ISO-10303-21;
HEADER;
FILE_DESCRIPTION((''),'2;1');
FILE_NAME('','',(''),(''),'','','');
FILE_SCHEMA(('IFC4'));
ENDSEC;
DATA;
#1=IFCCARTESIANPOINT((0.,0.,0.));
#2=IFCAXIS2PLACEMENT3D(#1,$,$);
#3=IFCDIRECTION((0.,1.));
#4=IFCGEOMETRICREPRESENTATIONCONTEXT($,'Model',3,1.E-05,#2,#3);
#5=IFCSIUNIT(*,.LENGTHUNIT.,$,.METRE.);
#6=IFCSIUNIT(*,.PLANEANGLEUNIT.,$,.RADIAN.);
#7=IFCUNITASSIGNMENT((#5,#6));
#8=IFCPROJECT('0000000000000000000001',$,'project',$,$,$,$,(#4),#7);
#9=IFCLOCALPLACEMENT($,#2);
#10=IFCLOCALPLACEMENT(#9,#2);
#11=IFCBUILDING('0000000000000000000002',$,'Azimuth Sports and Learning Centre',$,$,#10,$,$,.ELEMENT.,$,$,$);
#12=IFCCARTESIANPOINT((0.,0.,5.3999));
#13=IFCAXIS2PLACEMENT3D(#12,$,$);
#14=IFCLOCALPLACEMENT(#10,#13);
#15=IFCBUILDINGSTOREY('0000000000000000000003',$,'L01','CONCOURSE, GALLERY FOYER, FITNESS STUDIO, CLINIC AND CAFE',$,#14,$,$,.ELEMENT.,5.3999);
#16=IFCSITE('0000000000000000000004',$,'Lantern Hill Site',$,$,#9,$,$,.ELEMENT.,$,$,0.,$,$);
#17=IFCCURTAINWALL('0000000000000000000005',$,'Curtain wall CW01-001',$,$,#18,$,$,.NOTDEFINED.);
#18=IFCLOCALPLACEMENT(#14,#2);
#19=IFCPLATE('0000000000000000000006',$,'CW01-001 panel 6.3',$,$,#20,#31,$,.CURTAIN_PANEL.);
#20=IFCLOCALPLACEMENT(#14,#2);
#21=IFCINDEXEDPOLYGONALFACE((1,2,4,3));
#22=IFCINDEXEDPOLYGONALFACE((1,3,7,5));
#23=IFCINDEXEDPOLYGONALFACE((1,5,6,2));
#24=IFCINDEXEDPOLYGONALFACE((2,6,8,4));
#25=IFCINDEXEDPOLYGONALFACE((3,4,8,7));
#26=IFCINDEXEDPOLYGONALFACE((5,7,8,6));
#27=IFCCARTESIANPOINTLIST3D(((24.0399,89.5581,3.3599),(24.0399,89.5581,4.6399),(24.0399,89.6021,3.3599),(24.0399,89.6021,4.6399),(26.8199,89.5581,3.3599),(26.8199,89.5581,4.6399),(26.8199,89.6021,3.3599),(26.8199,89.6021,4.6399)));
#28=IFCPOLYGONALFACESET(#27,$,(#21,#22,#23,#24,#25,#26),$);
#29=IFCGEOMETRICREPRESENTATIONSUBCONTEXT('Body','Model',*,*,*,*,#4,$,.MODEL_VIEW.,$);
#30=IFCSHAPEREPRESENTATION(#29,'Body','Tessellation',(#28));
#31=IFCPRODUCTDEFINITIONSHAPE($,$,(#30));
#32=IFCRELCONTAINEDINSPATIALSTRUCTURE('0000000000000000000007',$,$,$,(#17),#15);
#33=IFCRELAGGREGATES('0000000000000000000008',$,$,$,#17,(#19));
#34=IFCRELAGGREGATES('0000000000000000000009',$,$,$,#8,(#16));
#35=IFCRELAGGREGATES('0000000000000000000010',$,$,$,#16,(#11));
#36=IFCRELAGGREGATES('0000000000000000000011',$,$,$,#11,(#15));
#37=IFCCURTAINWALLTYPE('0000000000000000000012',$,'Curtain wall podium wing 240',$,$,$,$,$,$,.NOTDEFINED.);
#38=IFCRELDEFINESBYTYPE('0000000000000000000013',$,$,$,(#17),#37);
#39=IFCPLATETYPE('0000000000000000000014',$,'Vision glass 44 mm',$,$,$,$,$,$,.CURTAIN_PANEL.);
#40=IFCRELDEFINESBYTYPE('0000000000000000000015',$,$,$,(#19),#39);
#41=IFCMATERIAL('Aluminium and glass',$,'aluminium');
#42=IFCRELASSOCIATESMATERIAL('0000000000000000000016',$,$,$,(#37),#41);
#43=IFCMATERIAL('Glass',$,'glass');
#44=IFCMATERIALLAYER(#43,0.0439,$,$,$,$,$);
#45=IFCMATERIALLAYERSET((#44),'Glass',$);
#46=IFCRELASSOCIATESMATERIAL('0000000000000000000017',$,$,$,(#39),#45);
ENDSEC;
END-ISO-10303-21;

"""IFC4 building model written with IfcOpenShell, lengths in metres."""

from ifc_helpers import new_model, si_unit, direction, frame, origin, origin_2d, place, context, subcontext, project, spatial, rectangle, extrude, material, layer, layer_set, type_object, element, aggregate, save


model = new_model("IFC4")

# Units and contexts
model_context = context("Model", 3, precision=1e-05, world=origin(), true_north=direction((0.0, 1.0)))
body_context = subcontext(model_context, "Body", "Model", "MODEL_VIEW")
ifc_project = project(units=[si_unit("LENGTHUNIT", "METRE"), si_unit("PLANEANGLEUNIT", "RADIAN")], contexts=[model_context])

# Site, building, storey
site_placement = place(None, origin())
site = spatial("IfcSite", under=ifc_project, at=site_placement, Name="Lantern Hill Site", CompositionType="ELEMENT", RefElevation=0.0)
building_placement = place(site_placement, origin())
building = spatial("IfcBuilding", under=site, at=building_placement, Name="Azimuth Sports and Learning Centre", CompositionType="ELEMENT")
storey_placement = place(building_placement, frame((0.0, 0.0, 5.3999)))
storey = spatial("IfcBuildingStorey", under=building, at=storey_placement, Name="L01", Description="CONCOURSE, GALLERY FOYER, FITNESS STUDIO, CLINIC AND CAFE", CompositionType="ELEMENT", Elevation=5.3999)

# Curtain wall
ifc_material_1 = material(Name="Aluminium and glass", Category="aluminium")
curtain_wall_type = type_object("IfcCurtainWallType", Name="Curtain wall podium wing 240", PredefinedType="NOTDEFINED", material=ifc_material_1)
curtain_wall_1_placement = place(storey_placement, origin())
curtain_wall_1 = element("IfcCurtainWall", 1, at=curtain_wall_1_placement, inside=storey, type_object=curtain_wall_type, Name="Curtain wall CW01-001", PredefinedType="NOTDEFINED")

# Plate
ifc_material_2 = material(Name="Glass", Category="glass")
ifc_layer_1 = layer(ifc_material_2, 0.0439)
ifc_layer_set_1 = layer_set([ifc_layer_1], Name="Glass")
plate_type_1 = type_object("IfcPlateType", Name="Vision glass 44 mm", PredefinedType="CURTAIN_PANEL", material=ifc_layer_set_1)
plate_1_placement = place(storey_placement, frame((25.4299, 89.5801, 3.3599), z_axis=(0.0, 0.0, 1.0), x_axis=(1.0, 0.0, 0.0)))
plate_1 = element("IfcPlate", 2, at=plate_1_placement, type_object=plate_type_1, Name="CW01-001 panel 6.3", PredefinedType="CURTAIN_PANEL", context=body_context, shape_type="SweptSolid", body=[
    extrude(rectangle(XDim=2.78, YDim=0.0439, at=origin_2d()), origin(), (0.0, 0.0, 1.0), 1.28),
])
aggregate(curtain_wall_1, [plate_1])

save(model, "model.ifc")
